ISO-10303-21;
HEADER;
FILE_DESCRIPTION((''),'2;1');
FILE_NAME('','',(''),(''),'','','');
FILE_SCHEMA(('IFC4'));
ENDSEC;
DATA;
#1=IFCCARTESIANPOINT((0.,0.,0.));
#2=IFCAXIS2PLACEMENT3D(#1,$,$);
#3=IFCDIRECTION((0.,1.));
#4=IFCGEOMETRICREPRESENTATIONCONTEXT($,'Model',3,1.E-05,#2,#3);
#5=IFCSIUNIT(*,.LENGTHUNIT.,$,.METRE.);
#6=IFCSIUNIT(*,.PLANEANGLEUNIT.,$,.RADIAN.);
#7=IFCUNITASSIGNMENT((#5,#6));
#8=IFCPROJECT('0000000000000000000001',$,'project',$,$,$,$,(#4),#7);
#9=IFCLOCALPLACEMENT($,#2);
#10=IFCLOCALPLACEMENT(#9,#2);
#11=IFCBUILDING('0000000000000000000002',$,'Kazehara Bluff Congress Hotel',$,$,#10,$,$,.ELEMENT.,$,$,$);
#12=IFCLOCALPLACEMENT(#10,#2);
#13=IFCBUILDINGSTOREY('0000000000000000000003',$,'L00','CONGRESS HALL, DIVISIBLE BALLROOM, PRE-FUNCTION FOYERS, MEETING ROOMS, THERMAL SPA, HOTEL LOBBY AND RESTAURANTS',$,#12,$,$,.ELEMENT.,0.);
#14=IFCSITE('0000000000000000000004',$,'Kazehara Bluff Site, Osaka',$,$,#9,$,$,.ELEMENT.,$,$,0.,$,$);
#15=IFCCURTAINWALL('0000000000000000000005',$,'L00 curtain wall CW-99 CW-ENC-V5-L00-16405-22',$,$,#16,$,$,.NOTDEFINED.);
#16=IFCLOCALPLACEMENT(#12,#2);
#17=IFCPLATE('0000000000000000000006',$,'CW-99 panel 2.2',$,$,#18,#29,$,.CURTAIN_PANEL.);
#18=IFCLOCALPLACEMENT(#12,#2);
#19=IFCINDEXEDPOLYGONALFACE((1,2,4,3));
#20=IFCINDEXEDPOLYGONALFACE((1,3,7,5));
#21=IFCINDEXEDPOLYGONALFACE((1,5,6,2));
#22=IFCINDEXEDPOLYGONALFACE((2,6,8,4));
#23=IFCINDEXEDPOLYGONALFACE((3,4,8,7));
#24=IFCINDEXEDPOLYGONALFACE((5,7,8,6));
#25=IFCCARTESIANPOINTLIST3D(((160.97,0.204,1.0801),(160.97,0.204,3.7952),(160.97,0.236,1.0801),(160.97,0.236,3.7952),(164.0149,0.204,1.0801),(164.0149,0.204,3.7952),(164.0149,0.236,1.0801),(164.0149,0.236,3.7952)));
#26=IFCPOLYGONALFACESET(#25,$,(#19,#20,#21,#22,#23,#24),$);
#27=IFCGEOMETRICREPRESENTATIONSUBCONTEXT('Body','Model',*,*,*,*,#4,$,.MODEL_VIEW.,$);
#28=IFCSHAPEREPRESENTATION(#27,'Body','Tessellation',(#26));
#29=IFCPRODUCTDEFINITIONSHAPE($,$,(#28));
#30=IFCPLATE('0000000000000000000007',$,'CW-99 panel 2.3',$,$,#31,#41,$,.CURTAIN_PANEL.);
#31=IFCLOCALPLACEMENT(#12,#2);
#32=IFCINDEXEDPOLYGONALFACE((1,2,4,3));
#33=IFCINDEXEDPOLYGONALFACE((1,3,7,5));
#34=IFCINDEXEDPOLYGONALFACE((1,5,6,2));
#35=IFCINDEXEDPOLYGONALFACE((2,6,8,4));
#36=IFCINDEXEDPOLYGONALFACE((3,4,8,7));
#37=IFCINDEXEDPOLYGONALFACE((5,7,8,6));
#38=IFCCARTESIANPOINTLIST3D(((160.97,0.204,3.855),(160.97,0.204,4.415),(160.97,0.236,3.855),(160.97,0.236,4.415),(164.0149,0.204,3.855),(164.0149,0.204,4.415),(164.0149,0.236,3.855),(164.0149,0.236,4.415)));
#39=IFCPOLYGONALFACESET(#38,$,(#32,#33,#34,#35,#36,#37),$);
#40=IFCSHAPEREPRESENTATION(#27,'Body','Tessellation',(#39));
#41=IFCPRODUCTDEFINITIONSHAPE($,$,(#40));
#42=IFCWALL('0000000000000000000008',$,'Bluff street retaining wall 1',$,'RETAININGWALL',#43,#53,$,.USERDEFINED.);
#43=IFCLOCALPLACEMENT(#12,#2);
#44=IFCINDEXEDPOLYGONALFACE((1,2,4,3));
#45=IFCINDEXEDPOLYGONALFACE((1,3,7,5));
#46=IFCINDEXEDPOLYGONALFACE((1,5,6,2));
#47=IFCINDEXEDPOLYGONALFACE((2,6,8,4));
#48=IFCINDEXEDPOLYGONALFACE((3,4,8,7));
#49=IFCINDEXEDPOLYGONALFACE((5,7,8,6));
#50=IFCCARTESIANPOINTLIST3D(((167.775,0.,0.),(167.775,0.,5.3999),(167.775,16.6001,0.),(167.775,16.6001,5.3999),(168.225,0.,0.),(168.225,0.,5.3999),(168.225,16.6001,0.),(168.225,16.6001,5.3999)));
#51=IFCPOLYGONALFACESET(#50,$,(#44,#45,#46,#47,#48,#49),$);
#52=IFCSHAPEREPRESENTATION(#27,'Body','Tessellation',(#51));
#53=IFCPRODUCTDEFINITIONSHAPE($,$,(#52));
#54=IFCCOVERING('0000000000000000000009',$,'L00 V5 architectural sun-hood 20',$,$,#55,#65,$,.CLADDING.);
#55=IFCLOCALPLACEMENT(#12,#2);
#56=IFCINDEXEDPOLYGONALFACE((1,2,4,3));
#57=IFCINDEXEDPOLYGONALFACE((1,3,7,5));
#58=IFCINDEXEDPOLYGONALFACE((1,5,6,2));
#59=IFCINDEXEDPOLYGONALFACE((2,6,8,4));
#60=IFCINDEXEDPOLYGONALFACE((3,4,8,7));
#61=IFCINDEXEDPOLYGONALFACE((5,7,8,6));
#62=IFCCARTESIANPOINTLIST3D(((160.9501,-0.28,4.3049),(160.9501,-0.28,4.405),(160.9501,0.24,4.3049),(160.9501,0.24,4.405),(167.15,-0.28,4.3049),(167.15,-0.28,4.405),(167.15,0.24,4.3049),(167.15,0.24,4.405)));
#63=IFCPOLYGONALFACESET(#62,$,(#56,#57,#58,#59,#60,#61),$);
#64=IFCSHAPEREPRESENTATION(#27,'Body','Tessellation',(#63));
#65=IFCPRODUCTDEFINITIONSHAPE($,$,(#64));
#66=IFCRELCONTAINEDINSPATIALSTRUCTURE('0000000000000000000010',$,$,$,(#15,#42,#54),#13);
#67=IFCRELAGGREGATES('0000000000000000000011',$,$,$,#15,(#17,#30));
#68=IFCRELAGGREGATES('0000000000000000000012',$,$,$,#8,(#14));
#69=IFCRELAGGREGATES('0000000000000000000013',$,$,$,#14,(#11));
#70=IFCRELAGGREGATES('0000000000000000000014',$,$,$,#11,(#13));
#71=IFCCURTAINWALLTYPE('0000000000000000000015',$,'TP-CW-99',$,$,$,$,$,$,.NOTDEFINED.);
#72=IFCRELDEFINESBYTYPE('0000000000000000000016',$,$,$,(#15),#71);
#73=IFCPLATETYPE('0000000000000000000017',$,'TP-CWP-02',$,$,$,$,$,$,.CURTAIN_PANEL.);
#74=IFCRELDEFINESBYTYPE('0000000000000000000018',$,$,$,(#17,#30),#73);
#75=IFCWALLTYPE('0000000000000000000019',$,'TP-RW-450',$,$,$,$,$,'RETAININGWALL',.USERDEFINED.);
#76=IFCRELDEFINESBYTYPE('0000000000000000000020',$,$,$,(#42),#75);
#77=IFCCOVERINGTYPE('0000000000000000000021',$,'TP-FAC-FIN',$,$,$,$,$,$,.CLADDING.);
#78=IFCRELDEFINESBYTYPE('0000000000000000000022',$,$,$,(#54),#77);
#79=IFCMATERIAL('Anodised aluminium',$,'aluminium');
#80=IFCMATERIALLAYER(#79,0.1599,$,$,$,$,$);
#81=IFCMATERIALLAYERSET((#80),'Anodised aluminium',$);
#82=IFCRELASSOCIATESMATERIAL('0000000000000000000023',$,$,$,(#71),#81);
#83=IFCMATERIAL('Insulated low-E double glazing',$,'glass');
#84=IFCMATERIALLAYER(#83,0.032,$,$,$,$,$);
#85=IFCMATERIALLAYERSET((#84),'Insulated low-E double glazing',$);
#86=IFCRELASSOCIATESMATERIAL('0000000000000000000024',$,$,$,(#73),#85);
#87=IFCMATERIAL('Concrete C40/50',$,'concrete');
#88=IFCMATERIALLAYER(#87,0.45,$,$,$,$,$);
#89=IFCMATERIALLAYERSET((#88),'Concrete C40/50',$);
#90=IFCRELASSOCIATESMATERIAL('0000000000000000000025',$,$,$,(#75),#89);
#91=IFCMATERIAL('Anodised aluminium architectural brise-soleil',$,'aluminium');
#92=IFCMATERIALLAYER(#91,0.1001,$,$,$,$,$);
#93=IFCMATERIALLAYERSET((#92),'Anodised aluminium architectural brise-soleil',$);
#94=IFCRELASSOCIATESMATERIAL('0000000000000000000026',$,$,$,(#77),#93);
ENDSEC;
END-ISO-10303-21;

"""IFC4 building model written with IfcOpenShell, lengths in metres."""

from ifc_helpers import new_model, si_unit, direction, frame, frame_2d, origin, origin_2d, place, context, subcontext, project, spatial, rectangle, extrude, material, layer, layer_set, type_object, element, aggregate, save


model = new_model("IFC4")

# Units and contexts
model_context = context("Model", 3, precision=1e-05, world=origin(), true_north=direction((0.0, 1.0)))
body_context = subcontext(model_context, "Body", "Model", "MODEL_VIEW")
ifc_project = project(units=[si_unit("LENGTHUNIT", "METRE"), si_unit("PLANEANGLEUNIT", "RADIAN")], contexts=[model_context])

# Site, building, storey
site_placement = place(None, origin())
site = spatial("IfcSite", under=ifc_project, at=site_placement, Name="Kazehara Bluff Site, Osaka", CompositionType="ELEMENT", RefElevation=0.0)
building_placement = place(site_placement, origin())
building = spatial("IfcBuilding", under=site, at=building_placement, Name="Kazehara Bluff Congress Hotel", CompositionType="ELEMENT")
storey_placement = place(building_placement, origin())
storey = spatial("IfcBuildingStorey", under=building, at=storey_placement, Name="L00", Description="CONGRESS HALL, DIVISIBLE BALLROOM, PRE-FUNCTION FOYERS, MEETING ROOMS, THERMAL SPA, HOTEL LOBBY AND RESTAURANTS", CompositionType="ELEMENT", Elevation=0.0)

# Curtain wall
ifc_material_1 = material(Name="Anodised aluminium", Category="aluminium")
ifc_layer_1 = layer(ifc_material_1, 0.1599)
ifc_layer_set_1 = layer_set([ifc_layer_1], Name="Anodised aluminium")
curtain_wall_type = type_object("IfcCurtainWallType", Name="TP-CW-99", PredefinedType="NOTDEFINED", material=ifc_layer_set_1)
curtain_wall_placement = place(storey_placement, origin())
curtain_wall = element("IfcCurtainWall", 1, at=curtain_wall_placement, inside=storey, type_object=curtain_wall_type, Name="L00 curtain wall CW-99 CW-ENC-V5-L00-16405-22", PredefinedType="NOTDEFINED")

# Plates
ifc_material_2 = material(Name="Insulated low-E double glazing", Category="glass")
ifc_layer_2 = layer(ifc_material_2, 0.032)
ifc_layer_set_2 = layer_set([ifc_layer_2], Name="Insulated low-E double glazing")
plate_type = type_object("IfcPlateType", Name="TP-CWP-02", PredefinedType="CURTAIN_PANEL", material=ifc_layer_set_2)
plate_1_placement = place(storey_placement, frame((162.4924, 0.22, 1.0801), z_axis=(0.0, 0.0, 1.0), x_axis=(-1.0, 0.0, 0.0)))
plate_1 = element("IfcPlate", 2, at=plate_1_placement, type_object=plate_type, Name="CW-99 panel 2.2", PredefinedType="CURTAIN_PANEL", context=body_context, shape_type="SweptSolid", body=[
    extrude(rectangle(XDim=3.0449, YDim=0.032, at=origin_2d()), origin(), (0.0, 0.0, 1.0), 2.7151),
])
plate_2_placement = place(storey_placement, frame((162.4924, 0.22, 3.855), z_axis=(0.0, 0.0, 1.0), x_axis=(-1.0, 0.0, 0.0)))
plate_2 = element("IfcPlate", 3, at=plate_2_placement, type_object=plate_type, Name="CW-99 panel 2.3", PredefinedType="CURTAIN_PANEL", context=body_context, shape_type="SweptSolid", body=[
    extrude(rectangle(XDim=3.0449, YDim=0.032, at=origin_2d()), origin(), (0.0, 0.0, 1.0), 0.5601),
])
aggregate(curtain_wall, [plate_1, plate_2])

# Wall
ifc_material_3 = material(Name="Concrete C40/50", Category="concrete")
ifc_layer_3 = layer(ifc_material_3, 0.45)
ifc_layer_set_3 = layer_set([ifc_layer_3], Name="Concrete C40/50")
wall_type = type_object("IfcWallType", Name="TP-RW-450", ElementType="RETAININGWALL", PredefinedType="USERDEFINED", material=ifc_layer_set_3)
wall_placement = place(storey_placement, frame((168.0, 0.0, 0.0), z_axis=(0.0, 0.0, 1.0), x_axis=(0.0, 1.0, 0.0)))
element("IfcWall", 4, at=wall_placement, inside=storey, type_object=wall_type, Name="Bluff street retaining wall 1", ObjectType="RETAININGWALL", PredefinedType="USERDEFINED", context=body_context, shape_type="SweptSolid", body=[
    extrude(rectangle(XDim=16.6001, YDim=0.45, at=frame_2d((8.3, 0.0))), origin(), (0.0, 0.0, 1.0), 5.3999),
])

# Covering
ifc_material_4 = material(Name="Anodised aluminium architectural brise-soleil", Category="aluminium")
ifc_layer_4 = layer(ifc_material_4, 0.1001)
ifc_layer_set_4 = layer_set([ifc_layer_4], Name="Anodised aluminium architectural brise-soleil")
covering_type = type_object("IfcCoveringType", Name="TP-FAC-FIN", PredefinedType="CLADDING", material=ifc_layer_set_4)
covering_placement = place(storey_placement, frame((164.05, -0.02, 4.3049), z_axis=(0.0, 0.0, 1.0), x_axis=(1.0, 0.0, 0.0)))
element("IfcCovering", 5, at=covering_placement, inside=storey, type_object=covering_type, Name="L00 V5 architectural sun-hood 20", PredefinedType="CLADDING", context=body_context, shape_type="SweptSolid", body=[
    extrude(rectangle(XDim=6.2, YDim=0.52, at=origin_2d()), origin(), (0.0, 0.0, 1.0), 0.1001),
])

save(model, "model.ifc")
